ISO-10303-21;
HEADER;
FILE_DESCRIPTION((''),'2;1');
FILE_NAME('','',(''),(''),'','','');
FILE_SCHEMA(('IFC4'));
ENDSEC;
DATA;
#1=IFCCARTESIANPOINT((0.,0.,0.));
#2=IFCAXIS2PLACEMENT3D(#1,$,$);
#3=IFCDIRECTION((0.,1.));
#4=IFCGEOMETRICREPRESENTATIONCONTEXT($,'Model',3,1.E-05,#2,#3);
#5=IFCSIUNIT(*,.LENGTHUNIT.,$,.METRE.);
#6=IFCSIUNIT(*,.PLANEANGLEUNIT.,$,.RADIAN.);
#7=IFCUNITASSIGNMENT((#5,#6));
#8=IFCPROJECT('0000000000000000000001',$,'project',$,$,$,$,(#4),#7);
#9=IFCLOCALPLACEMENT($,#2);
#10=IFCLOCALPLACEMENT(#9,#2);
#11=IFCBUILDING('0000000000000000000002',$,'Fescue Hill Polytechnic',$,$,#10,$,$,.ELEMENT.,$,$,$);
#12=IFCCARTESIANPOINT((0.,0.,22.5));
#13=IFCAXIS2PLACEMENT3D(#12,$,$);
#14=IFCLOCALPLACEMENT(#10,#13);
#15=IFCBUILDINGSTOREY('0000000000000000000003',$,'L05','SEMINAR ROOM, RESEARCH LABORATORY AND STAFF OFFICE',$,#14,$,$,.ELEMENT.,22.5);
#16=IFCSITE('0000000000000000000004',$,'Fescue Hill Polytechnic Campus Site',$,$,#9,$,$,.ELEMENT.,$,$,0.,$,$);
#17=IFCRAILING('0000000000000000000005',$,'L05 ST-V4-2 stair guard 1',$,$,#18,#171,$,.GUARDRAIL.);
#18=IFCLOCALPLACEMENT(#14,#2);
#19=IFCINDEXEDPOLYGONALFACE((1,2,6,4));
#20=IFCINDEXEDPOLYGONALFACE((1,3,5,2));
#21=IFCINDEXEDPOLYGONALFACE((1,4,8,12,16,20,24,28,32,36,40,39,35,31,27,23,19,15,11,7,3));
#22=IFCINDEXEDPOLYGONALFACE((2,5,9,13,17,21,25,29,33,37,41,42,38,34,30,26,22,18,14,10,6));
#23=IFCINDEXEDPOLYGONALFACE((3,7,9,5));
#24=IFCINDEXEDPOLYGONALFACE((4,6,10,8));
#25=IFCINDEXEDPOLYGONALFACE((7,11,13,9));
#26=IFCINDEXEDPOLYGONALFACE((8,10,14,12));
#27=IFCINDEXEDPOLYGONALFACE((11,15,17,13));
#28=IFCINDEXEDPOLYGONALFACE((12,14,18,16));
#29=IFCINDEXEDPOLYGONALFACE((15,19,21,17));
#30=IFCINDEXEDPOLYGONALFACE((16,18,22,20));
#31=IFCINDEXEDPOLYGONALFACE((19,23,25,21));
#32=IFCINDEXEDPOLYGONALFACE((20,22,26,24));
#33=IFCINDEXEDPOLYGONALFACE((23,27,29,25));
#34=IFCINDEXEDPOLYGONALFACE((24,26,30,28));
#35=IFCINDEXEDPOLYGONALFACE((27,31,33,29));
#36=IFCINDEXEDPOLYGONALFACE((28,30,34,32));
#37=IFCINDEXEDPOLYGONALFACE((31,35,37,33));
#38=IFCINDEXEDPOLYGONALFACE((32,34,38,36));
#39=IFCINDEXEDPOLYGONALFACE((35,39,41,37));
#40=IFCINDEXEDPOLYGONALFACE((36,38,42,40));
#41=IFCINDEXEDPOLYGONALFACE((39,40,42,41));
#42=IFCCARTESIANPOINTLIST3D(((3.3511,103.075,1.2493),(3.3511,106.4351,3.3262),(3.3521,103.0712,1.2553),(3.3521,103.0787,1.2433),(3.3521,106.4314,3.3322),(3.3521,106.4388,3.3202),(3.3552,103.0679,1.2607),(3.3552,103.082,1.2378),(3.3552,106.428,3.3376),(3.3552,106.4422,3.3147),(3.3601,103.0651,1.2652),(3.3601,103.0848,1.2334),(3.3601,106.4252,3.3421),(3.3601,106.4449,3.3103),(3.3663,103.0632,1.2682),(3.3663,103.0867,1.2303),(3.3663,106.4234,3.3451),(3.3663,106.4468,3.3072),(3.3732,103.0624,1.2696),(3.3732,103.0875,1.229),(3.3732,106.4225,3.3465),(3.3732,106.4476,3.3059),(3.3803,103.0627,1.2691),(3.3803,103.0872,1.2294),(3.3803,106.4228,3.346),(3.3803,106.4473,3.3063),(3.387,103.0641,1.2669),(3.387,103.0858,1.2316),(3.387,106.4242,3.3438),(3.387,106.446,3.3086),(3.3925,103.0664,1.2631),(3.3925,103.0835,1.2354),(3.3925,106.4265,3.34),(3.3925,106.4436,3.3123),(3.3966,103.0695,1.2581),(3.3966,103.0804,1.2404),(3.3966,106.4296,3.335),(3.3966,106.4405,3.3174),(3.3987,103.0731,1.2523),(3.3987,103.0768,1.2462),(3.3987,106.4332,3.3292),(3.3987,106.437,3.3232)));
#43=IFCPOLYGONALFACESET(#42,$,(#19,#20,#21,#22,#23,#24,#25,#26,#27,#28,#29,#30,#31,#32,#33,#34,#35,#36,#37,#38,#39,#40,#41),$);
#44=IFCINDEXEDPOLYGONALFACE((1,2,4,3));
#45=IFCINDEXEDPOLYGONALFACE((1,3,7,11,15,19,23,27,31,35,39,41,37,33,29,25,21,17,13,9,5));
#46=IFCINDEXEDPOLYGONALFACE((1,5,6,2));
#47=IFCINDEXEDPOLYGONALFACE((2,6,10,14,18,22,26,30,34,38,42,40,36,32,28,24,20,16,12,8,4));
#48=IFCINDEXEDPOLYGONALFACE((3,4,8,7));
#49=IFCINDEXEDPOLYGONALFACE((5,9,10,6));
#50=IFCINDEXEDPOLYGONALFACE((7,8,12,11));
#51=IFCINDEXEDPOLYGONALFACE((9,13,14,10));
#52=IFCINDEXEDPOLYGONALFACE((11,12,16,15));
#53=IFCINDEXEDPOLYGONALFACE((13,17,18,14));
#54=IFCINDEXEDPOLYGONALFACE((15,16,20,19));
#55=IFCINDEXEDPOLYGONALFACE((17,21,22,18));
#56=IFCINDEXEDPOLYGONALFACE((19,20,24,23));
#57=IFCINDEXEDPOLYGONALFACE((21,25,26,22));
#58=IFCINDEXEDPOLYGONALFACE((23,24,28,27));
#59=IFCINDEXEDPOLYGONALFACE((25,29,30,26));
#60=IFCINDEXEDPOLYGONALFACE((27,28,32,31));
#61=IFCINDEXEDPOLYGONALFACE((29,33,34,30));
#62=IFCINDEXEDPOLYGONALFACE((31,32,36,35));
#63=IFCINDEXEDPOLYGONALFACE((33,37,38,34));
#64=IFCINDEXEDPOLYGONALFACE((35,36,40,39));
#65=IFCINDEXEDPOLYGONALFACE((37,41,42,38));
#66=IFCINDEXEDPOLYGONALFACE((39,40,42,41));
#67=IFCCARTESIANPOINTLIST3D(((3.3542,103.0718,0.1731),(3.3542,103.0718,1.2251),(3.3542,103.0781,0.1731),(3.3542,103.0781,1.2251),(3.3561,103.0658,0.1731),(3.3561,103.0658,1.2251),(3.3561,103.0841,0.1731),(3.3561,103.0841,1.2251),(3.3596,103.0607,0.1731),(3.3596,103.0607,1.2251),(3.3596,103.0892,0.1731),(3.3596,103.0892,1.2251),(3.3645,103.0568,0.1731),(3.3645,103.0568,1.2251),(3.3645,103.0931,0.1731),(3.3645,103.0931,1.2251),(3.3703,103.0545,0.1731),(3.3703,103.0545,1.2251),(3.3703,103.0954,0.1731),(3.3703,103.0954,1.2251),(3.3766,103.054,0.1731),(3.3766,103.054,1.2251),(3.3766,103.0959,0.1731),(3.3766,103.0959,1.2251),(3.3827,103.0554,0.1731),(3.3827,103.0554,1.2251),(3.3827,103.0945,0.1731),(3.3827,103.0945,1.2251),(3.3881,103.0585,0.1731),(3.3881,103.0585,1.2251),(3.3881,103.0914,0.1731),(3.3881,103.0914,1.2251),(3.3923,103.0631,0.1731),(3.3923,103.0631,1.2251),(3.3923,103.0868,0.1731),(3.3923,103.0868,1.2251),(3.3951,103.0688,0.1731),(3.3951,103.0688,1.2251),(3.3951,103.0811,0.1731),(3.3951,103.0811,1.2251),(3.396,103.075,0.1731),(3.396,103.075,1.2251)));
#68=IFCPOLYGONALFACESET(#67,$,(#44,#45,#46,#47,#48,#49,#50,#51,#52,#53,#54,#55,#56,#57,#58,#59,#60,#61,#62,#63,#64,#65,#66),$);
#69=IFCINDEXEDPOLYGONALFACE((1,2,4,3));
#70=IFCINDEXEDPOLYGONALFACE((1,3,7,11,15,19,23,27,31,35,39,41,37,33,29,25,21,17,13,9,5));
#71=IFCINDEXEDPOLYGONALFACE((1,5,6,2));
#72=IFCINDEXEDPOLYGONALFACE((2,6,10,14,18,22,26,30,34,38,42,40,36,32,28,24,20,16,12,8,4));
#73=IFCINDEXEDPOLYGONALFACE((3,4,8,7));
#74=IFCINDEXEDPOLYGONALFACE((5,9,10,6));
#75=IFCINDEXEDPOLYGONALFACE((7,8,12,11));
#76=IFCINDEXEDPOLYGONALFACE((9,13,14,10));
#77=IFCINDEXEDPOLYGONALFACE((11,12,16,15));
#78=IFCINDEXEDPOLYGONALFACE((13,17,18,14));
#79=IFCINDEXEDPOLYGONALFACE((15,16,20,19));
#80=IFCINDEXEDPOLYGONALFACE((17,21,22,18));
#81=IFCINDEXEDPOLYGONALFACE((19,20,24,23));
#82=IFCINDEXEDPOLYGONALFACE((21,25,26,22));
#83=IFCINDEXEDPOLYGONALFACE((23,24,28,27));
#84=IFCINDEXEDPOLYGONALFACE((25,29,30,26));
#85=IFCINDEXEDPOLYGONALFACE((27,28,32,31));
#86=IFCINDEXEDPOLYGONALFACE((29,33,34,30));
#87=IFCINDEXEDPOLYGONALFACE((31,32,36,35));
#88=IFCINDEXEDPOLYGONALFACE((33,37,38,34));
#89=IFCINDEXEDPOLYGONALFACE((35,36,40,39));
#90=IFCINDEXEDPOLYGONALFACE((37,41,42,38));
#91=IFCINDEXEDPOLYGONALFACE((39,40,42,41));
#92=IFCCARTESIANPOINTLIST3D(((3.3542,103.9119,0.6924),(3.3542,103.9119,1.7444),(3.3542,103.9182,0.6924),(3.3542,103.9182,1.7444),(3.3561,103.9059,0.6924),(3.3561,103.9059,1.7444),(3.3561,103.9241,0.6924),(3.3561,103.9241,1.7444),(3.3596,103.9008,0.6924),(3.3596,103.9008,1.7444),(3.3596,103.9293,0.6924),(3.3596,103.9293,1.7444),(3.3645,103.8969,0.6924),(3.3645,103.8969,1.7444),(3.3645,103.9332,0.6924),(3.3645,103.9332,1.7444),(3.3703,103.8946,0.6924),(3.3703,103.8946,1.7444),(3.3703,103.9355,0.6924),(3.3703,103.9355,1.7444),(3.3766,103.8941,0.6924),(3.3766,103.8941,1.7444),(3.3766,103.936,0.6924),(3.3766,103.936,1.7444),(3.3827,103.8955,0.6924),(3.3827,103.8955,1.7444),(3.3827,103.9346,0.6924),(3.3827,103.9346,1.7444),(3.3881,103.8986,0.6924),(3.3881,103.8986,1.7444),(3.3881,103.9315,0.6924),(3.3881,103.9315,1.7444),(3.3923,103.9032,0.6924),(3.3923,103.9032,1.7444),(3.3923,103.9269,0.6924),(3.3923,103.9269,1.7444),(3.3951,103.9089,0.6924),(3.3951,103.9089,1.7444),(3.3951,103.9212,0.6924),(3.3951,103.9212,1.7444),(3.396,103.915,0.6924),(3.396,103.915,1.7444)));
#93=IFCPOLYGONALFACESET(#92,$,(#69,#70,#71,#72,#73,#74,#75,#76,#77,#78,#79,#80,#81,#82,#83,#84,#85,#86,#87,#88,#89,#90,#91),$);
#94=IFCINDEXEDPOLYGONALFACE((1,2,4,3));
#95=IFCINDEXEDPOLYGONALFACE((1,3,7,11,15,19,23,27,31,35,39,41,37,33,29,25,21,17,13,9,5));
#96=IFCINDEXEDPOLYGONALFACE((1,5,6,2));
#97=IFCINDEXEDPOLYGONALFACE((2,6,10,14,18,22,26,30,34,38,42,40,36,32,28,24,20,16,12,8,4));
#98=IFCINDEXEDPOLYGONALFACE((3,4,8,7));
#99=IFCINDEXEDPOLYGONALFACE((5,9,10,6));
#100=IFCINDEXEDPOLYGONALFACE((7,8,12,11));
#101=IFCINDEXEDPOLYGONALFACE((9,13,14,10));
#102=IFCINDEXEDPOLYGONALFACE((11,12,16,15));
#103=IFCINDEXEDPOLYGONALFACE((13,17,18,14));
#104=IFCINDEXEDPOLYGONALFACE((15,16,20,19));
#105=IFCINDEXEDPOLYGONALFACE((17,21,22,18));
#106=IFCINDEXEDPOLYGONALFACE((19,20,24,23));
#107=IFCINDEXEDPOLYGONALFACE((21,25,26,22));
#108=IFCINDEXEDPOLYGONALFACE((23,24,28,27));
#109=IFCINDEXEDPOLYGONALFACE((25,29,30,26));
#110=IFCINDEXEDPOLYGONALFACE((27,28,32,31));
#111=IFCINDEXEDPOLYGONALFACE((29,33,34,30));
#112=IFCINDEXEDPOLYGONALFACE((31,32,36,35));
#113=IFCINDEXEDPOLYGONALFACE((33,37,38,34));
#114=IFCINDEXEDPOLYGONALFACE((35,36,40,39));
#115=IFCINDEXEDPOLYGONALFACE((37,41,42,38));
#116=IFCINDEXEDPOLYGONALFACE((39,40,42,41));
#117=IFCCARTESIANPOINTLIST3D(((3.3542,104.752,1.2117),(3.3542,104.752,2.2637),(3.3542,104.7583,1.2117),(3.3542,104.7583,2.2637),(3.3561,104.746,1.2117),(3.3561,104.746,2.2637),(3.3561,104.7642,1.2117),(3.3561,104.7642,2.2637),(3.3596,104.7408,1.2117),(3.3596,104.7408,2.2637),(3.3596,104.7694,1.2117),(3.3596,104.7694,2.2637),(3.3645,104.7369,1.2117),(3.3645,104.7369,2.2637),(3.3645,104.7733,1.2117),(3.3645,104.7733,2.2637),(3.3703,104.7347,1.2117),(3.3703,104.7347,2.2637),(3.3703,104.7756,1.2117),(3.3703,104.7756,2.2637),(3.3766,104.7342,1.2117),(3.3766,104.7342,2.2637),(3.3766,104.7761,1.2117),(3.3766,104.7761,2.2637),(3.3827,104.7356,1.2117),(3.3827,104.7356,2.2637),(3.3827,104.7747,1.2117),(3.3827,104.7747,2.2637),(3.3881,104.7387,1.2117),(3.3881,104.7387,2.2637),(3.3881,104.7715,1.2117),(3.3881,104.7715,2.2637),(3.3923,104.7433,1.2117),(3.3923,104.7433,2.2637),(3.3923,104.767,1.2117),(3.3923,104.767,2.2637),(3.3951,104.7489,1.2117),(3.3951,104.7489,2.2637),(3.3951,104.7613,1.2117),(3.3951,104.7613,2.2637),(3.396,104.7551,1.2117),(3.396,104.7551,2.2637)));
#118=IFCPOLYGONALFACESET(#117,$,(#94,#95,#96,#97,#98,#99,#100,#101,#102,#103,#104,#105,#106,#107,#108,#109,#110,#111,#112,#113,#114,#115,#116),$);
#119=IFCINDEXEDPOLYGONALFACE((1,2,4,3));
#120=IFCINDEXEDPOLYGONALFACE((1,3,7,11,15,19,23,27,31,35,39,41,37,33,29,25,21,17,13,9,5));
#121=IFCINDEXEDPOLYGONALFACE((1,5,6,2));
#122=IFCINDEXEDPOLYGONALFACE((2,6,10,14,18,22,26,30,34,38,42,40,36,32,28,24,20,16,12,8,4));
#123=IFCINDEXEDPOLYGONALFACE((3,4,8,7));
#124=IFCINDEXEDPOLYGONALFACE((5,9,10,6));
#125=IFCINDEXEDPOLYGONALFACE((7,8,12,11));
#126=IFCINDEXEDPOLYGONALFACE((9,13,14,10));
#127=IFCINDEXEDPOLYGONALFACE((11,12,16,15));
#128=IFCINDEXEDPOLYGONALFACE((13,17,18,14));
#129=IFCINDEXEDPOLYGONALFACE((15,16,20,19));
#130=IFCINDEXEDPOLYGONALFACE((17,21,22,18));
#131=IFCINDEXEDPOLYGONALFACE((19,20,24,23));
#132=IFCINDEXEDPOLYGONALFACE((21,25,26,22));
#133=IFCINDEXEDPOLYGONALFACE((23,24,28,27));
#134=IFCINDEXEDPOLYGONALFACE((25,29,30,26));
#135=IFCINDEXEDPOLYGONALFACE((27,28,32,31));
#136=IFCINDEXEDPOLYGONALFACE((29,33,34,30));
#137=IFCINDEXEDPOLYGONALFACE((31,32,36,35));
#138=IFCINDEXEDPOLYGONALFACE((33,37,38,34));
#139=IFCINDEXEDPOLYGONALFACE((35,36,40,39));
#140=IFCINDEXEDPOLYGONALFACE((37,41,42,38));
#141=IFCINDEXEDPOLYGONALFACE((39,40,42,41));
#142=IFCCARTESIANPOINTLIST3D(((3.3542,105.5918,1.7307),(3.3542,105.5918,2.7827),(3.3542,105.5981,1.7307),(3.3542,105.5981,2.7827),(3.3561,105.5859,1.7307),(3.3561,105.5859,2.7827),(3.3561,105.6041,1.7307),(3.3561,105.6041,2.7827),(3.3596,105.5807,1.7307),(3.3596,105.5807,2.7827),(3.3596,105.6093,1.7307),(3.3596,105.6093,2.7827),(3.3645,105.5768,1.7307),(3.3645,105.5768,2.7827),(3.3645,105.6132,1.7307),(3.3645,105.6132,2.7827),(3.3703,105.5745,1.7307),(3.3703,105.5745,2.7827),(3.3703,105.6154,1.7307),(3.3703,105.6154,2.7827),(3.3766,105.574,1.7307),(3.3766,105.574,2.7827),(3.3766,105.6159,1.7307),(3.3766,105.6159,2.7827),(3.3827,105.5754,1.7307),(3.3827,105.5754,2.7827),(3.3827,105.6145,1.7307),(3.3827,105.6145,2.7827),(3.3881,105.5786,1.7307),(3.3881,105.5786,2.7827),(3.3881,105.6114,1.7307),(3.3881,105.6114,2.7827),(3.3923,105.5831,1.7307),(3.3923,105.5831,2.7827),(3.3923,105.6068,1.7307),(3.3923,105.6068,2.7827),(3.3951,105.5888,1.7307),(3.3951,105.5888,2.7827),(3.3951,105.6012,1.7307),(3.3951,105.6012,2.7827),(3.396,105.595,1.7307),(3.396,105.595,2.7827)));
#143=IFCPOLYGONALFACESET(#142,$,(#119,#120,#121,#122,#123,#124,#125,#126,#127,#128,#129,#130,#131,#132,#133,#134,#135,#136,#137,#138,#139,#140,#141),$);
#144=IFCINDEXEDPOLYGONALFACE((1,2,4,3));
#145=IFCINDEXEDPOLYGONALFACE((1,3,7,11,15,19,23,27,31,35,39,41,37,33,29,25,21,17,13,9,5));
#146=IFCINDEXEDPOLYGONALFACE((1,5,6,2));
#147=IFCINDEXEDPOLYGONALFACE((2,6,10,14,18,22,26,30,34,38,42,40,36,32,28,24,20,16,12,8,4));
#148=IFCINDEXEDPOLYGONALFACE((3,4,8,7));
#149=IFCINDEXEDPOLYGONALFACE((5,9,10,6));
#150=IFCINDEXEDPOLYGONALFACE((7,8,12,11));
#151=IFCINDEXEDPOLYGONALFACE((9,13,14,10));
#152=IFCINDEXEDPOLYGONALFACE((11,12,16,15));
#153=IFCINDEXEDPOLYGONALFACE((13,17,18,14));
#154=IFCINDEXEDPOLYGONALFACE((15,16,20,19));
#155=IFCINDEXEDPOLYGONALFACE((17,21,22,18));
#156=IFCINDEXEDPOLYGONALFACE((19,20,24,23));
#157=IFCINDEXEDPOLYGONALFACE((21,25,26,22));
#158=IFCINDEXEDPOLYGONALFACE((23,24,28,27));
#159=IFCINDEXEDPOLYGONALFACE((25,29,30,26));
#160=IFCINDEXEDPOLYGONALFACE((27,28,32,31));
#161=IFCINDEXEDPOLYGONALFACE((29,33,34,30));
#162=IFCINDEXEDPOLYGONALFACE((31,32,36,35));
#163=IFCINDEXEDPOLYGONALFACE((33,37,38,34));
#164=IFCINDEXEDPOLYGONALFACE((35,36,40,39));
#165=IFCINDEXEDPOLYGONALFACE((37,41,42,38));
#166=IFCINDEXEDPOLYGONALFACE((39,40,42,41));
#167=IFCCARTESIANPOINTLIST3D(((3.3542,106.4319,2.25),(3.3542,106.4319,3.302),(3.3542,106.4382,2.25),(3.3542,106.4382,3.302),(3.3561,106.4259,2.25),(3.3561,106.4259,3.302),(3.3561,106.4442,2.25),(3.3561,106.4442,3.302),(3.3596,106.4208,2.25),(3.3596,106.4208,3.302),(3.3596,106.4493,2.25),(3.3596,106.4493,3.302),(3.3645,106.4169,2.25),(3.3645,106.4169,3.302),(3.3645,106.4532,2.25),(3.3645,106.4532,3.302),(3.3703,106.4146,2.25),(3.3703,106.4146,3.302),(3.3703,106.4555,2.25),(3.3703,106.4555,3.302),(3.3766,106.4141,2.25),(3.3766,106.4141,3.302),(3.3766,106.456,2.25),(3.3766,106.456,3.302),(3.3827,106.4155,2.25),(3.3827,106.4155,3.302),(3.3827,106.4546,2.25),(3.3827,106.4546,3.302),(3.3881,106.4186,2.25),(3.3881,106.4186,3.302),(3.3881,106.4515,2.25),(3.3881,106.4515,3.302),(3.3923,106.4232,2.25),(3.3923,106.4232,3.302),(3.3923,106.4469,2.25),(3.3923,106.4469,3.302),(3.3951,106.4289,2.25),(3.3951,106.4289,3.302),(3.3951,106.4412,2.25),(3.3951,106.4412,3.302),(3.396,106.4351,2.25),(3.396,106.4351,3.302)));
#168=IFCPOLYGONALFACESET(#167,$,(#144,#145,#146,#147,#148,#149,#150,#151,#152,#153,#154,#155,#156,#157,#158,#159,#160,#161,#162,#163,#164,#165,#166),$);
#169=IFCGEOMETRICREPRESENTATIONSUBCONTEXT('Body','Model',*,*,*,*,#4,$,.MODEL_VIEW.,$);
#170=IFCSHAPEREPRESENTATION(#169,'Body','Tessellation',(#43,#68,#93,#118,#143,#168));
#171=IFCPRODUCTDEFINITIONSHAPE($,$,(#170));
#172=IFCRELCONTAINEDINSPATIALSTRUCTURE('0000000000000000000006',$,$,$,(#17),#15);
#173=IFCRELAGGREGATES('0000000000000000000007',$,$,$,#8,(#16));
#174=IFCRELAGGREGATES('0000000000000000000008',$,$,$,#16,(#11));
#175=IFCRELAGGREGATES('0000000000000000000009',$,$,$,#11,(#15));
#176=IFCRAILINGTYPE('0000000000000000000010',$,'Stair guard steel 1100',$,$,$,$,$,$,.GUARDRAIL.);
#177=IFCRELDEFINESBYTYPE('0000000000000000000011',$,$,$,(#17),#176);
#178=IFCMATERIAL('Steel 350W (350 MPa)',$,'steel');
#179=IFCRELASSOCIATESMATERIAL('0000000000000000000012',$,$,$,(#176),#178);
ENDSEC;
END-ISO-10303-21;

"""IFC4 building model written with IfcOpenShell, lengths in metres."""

from ifc_helpers import new_model, si_unit, direction, frame, origin, origin_2d, place, context, subcontext, project, spatial, circle, extrude, material, type_object, element, save


model = new_model("IFC4")

# Units and contexts
model_context = context("Model", 3, precision=1e-05, world=origin(), true_north=direction((0.0, 1.0)))
body_context = subcontext(model_context, "Body", "Model", "MODEL_VIEW")
ifc_project = project(units=[si_unit("LENGTHUNIT", "METRE"), si_unit("PLANEANGLEUNIT", "RADIAN")], contexts=[model_context])

# Site, building, storey
site_placement = place(None, origin())
site = spatial("IfcSite", under=ifc_project, at=site_placement, Name="Fescue Hill Polytechnic Campus Site", CompositionType="ELEMENT", RefElevation=0.0)
building_placement = place(site_placement, origin())
building = spatial("IfcBuilding", under=site, at=building_placement, Name="Fescue Hill Polytechnic", CompositionType="ELEMENT")
storey_placement = place(building_placement, frame((0.0, 0.0, 22.5)))
storey = spatial("IfcBuildingStorey", under=building, at=storey_placement, Name="L05", Description="SEMINAR ROOM, RESEARCH LABORATORY AND STAFF OFFICE", CompositionType="ELEMENT", Elevation=22.5)

# Railing
ifc_material_1 = material(Name="Steel 350W (350 MPa)", Category="steel")
railing_type_1 = type_object("IfcRailingType", Name="Stair guard steel 1100", PredefinedType="GUARDRAIL", material=ifc_material_1)
railing_1_placement = place(storey_placement, frame((3.375, 103.075, 0.1731)))
element("IfcRailing", 1, at=railing_1_placement, inside=storey, type_object=railing_type_1, Name="L05 ST-V4-2 stair guard 1", PredefinedType="GUARDRAIL", context=body_context, shape_type="SweptSolid", body=[
    extrude(circle(Radius=0.0239, at=origin_2d()), frame((0.0, 0.0, 1.0762), z_axis=(0.0, 0.850623, 0.525776), x_axis=(-1.0, 0.0, 0.0)), (0.0, 0.0, 1.0), 3.9502),
    extrude(circle(Radius=0.021, at=origin_2d()), origin(), (0.0, 0.0, 1.0), 1.052),
    extrude(circle(Radius=0.021, at=origin_2d()), frame((0.0, 0.8401, 0.5193)), (0.0, 0.0, 1.0), 1.052),
    extrude(circle(Radius=0.021, at=origin_2d()), frame((0.0, 1.6802, 1.0386)), (0.0, 0.0, 1.0), 1.052),
    extrude(circle(Radius=0.021, at=origin_2d()), frame((0.0, 2.52, 1.5576)), (0.0, 0.0, 1.0), 1.052),
    extrude(circle(Radius=0.021, at=origin_2d()), frame((0.0, 3.3601, 2.0769)), (0.0, 0.0, 1.0), 1.052),
])

save(model, "model.ifc")
